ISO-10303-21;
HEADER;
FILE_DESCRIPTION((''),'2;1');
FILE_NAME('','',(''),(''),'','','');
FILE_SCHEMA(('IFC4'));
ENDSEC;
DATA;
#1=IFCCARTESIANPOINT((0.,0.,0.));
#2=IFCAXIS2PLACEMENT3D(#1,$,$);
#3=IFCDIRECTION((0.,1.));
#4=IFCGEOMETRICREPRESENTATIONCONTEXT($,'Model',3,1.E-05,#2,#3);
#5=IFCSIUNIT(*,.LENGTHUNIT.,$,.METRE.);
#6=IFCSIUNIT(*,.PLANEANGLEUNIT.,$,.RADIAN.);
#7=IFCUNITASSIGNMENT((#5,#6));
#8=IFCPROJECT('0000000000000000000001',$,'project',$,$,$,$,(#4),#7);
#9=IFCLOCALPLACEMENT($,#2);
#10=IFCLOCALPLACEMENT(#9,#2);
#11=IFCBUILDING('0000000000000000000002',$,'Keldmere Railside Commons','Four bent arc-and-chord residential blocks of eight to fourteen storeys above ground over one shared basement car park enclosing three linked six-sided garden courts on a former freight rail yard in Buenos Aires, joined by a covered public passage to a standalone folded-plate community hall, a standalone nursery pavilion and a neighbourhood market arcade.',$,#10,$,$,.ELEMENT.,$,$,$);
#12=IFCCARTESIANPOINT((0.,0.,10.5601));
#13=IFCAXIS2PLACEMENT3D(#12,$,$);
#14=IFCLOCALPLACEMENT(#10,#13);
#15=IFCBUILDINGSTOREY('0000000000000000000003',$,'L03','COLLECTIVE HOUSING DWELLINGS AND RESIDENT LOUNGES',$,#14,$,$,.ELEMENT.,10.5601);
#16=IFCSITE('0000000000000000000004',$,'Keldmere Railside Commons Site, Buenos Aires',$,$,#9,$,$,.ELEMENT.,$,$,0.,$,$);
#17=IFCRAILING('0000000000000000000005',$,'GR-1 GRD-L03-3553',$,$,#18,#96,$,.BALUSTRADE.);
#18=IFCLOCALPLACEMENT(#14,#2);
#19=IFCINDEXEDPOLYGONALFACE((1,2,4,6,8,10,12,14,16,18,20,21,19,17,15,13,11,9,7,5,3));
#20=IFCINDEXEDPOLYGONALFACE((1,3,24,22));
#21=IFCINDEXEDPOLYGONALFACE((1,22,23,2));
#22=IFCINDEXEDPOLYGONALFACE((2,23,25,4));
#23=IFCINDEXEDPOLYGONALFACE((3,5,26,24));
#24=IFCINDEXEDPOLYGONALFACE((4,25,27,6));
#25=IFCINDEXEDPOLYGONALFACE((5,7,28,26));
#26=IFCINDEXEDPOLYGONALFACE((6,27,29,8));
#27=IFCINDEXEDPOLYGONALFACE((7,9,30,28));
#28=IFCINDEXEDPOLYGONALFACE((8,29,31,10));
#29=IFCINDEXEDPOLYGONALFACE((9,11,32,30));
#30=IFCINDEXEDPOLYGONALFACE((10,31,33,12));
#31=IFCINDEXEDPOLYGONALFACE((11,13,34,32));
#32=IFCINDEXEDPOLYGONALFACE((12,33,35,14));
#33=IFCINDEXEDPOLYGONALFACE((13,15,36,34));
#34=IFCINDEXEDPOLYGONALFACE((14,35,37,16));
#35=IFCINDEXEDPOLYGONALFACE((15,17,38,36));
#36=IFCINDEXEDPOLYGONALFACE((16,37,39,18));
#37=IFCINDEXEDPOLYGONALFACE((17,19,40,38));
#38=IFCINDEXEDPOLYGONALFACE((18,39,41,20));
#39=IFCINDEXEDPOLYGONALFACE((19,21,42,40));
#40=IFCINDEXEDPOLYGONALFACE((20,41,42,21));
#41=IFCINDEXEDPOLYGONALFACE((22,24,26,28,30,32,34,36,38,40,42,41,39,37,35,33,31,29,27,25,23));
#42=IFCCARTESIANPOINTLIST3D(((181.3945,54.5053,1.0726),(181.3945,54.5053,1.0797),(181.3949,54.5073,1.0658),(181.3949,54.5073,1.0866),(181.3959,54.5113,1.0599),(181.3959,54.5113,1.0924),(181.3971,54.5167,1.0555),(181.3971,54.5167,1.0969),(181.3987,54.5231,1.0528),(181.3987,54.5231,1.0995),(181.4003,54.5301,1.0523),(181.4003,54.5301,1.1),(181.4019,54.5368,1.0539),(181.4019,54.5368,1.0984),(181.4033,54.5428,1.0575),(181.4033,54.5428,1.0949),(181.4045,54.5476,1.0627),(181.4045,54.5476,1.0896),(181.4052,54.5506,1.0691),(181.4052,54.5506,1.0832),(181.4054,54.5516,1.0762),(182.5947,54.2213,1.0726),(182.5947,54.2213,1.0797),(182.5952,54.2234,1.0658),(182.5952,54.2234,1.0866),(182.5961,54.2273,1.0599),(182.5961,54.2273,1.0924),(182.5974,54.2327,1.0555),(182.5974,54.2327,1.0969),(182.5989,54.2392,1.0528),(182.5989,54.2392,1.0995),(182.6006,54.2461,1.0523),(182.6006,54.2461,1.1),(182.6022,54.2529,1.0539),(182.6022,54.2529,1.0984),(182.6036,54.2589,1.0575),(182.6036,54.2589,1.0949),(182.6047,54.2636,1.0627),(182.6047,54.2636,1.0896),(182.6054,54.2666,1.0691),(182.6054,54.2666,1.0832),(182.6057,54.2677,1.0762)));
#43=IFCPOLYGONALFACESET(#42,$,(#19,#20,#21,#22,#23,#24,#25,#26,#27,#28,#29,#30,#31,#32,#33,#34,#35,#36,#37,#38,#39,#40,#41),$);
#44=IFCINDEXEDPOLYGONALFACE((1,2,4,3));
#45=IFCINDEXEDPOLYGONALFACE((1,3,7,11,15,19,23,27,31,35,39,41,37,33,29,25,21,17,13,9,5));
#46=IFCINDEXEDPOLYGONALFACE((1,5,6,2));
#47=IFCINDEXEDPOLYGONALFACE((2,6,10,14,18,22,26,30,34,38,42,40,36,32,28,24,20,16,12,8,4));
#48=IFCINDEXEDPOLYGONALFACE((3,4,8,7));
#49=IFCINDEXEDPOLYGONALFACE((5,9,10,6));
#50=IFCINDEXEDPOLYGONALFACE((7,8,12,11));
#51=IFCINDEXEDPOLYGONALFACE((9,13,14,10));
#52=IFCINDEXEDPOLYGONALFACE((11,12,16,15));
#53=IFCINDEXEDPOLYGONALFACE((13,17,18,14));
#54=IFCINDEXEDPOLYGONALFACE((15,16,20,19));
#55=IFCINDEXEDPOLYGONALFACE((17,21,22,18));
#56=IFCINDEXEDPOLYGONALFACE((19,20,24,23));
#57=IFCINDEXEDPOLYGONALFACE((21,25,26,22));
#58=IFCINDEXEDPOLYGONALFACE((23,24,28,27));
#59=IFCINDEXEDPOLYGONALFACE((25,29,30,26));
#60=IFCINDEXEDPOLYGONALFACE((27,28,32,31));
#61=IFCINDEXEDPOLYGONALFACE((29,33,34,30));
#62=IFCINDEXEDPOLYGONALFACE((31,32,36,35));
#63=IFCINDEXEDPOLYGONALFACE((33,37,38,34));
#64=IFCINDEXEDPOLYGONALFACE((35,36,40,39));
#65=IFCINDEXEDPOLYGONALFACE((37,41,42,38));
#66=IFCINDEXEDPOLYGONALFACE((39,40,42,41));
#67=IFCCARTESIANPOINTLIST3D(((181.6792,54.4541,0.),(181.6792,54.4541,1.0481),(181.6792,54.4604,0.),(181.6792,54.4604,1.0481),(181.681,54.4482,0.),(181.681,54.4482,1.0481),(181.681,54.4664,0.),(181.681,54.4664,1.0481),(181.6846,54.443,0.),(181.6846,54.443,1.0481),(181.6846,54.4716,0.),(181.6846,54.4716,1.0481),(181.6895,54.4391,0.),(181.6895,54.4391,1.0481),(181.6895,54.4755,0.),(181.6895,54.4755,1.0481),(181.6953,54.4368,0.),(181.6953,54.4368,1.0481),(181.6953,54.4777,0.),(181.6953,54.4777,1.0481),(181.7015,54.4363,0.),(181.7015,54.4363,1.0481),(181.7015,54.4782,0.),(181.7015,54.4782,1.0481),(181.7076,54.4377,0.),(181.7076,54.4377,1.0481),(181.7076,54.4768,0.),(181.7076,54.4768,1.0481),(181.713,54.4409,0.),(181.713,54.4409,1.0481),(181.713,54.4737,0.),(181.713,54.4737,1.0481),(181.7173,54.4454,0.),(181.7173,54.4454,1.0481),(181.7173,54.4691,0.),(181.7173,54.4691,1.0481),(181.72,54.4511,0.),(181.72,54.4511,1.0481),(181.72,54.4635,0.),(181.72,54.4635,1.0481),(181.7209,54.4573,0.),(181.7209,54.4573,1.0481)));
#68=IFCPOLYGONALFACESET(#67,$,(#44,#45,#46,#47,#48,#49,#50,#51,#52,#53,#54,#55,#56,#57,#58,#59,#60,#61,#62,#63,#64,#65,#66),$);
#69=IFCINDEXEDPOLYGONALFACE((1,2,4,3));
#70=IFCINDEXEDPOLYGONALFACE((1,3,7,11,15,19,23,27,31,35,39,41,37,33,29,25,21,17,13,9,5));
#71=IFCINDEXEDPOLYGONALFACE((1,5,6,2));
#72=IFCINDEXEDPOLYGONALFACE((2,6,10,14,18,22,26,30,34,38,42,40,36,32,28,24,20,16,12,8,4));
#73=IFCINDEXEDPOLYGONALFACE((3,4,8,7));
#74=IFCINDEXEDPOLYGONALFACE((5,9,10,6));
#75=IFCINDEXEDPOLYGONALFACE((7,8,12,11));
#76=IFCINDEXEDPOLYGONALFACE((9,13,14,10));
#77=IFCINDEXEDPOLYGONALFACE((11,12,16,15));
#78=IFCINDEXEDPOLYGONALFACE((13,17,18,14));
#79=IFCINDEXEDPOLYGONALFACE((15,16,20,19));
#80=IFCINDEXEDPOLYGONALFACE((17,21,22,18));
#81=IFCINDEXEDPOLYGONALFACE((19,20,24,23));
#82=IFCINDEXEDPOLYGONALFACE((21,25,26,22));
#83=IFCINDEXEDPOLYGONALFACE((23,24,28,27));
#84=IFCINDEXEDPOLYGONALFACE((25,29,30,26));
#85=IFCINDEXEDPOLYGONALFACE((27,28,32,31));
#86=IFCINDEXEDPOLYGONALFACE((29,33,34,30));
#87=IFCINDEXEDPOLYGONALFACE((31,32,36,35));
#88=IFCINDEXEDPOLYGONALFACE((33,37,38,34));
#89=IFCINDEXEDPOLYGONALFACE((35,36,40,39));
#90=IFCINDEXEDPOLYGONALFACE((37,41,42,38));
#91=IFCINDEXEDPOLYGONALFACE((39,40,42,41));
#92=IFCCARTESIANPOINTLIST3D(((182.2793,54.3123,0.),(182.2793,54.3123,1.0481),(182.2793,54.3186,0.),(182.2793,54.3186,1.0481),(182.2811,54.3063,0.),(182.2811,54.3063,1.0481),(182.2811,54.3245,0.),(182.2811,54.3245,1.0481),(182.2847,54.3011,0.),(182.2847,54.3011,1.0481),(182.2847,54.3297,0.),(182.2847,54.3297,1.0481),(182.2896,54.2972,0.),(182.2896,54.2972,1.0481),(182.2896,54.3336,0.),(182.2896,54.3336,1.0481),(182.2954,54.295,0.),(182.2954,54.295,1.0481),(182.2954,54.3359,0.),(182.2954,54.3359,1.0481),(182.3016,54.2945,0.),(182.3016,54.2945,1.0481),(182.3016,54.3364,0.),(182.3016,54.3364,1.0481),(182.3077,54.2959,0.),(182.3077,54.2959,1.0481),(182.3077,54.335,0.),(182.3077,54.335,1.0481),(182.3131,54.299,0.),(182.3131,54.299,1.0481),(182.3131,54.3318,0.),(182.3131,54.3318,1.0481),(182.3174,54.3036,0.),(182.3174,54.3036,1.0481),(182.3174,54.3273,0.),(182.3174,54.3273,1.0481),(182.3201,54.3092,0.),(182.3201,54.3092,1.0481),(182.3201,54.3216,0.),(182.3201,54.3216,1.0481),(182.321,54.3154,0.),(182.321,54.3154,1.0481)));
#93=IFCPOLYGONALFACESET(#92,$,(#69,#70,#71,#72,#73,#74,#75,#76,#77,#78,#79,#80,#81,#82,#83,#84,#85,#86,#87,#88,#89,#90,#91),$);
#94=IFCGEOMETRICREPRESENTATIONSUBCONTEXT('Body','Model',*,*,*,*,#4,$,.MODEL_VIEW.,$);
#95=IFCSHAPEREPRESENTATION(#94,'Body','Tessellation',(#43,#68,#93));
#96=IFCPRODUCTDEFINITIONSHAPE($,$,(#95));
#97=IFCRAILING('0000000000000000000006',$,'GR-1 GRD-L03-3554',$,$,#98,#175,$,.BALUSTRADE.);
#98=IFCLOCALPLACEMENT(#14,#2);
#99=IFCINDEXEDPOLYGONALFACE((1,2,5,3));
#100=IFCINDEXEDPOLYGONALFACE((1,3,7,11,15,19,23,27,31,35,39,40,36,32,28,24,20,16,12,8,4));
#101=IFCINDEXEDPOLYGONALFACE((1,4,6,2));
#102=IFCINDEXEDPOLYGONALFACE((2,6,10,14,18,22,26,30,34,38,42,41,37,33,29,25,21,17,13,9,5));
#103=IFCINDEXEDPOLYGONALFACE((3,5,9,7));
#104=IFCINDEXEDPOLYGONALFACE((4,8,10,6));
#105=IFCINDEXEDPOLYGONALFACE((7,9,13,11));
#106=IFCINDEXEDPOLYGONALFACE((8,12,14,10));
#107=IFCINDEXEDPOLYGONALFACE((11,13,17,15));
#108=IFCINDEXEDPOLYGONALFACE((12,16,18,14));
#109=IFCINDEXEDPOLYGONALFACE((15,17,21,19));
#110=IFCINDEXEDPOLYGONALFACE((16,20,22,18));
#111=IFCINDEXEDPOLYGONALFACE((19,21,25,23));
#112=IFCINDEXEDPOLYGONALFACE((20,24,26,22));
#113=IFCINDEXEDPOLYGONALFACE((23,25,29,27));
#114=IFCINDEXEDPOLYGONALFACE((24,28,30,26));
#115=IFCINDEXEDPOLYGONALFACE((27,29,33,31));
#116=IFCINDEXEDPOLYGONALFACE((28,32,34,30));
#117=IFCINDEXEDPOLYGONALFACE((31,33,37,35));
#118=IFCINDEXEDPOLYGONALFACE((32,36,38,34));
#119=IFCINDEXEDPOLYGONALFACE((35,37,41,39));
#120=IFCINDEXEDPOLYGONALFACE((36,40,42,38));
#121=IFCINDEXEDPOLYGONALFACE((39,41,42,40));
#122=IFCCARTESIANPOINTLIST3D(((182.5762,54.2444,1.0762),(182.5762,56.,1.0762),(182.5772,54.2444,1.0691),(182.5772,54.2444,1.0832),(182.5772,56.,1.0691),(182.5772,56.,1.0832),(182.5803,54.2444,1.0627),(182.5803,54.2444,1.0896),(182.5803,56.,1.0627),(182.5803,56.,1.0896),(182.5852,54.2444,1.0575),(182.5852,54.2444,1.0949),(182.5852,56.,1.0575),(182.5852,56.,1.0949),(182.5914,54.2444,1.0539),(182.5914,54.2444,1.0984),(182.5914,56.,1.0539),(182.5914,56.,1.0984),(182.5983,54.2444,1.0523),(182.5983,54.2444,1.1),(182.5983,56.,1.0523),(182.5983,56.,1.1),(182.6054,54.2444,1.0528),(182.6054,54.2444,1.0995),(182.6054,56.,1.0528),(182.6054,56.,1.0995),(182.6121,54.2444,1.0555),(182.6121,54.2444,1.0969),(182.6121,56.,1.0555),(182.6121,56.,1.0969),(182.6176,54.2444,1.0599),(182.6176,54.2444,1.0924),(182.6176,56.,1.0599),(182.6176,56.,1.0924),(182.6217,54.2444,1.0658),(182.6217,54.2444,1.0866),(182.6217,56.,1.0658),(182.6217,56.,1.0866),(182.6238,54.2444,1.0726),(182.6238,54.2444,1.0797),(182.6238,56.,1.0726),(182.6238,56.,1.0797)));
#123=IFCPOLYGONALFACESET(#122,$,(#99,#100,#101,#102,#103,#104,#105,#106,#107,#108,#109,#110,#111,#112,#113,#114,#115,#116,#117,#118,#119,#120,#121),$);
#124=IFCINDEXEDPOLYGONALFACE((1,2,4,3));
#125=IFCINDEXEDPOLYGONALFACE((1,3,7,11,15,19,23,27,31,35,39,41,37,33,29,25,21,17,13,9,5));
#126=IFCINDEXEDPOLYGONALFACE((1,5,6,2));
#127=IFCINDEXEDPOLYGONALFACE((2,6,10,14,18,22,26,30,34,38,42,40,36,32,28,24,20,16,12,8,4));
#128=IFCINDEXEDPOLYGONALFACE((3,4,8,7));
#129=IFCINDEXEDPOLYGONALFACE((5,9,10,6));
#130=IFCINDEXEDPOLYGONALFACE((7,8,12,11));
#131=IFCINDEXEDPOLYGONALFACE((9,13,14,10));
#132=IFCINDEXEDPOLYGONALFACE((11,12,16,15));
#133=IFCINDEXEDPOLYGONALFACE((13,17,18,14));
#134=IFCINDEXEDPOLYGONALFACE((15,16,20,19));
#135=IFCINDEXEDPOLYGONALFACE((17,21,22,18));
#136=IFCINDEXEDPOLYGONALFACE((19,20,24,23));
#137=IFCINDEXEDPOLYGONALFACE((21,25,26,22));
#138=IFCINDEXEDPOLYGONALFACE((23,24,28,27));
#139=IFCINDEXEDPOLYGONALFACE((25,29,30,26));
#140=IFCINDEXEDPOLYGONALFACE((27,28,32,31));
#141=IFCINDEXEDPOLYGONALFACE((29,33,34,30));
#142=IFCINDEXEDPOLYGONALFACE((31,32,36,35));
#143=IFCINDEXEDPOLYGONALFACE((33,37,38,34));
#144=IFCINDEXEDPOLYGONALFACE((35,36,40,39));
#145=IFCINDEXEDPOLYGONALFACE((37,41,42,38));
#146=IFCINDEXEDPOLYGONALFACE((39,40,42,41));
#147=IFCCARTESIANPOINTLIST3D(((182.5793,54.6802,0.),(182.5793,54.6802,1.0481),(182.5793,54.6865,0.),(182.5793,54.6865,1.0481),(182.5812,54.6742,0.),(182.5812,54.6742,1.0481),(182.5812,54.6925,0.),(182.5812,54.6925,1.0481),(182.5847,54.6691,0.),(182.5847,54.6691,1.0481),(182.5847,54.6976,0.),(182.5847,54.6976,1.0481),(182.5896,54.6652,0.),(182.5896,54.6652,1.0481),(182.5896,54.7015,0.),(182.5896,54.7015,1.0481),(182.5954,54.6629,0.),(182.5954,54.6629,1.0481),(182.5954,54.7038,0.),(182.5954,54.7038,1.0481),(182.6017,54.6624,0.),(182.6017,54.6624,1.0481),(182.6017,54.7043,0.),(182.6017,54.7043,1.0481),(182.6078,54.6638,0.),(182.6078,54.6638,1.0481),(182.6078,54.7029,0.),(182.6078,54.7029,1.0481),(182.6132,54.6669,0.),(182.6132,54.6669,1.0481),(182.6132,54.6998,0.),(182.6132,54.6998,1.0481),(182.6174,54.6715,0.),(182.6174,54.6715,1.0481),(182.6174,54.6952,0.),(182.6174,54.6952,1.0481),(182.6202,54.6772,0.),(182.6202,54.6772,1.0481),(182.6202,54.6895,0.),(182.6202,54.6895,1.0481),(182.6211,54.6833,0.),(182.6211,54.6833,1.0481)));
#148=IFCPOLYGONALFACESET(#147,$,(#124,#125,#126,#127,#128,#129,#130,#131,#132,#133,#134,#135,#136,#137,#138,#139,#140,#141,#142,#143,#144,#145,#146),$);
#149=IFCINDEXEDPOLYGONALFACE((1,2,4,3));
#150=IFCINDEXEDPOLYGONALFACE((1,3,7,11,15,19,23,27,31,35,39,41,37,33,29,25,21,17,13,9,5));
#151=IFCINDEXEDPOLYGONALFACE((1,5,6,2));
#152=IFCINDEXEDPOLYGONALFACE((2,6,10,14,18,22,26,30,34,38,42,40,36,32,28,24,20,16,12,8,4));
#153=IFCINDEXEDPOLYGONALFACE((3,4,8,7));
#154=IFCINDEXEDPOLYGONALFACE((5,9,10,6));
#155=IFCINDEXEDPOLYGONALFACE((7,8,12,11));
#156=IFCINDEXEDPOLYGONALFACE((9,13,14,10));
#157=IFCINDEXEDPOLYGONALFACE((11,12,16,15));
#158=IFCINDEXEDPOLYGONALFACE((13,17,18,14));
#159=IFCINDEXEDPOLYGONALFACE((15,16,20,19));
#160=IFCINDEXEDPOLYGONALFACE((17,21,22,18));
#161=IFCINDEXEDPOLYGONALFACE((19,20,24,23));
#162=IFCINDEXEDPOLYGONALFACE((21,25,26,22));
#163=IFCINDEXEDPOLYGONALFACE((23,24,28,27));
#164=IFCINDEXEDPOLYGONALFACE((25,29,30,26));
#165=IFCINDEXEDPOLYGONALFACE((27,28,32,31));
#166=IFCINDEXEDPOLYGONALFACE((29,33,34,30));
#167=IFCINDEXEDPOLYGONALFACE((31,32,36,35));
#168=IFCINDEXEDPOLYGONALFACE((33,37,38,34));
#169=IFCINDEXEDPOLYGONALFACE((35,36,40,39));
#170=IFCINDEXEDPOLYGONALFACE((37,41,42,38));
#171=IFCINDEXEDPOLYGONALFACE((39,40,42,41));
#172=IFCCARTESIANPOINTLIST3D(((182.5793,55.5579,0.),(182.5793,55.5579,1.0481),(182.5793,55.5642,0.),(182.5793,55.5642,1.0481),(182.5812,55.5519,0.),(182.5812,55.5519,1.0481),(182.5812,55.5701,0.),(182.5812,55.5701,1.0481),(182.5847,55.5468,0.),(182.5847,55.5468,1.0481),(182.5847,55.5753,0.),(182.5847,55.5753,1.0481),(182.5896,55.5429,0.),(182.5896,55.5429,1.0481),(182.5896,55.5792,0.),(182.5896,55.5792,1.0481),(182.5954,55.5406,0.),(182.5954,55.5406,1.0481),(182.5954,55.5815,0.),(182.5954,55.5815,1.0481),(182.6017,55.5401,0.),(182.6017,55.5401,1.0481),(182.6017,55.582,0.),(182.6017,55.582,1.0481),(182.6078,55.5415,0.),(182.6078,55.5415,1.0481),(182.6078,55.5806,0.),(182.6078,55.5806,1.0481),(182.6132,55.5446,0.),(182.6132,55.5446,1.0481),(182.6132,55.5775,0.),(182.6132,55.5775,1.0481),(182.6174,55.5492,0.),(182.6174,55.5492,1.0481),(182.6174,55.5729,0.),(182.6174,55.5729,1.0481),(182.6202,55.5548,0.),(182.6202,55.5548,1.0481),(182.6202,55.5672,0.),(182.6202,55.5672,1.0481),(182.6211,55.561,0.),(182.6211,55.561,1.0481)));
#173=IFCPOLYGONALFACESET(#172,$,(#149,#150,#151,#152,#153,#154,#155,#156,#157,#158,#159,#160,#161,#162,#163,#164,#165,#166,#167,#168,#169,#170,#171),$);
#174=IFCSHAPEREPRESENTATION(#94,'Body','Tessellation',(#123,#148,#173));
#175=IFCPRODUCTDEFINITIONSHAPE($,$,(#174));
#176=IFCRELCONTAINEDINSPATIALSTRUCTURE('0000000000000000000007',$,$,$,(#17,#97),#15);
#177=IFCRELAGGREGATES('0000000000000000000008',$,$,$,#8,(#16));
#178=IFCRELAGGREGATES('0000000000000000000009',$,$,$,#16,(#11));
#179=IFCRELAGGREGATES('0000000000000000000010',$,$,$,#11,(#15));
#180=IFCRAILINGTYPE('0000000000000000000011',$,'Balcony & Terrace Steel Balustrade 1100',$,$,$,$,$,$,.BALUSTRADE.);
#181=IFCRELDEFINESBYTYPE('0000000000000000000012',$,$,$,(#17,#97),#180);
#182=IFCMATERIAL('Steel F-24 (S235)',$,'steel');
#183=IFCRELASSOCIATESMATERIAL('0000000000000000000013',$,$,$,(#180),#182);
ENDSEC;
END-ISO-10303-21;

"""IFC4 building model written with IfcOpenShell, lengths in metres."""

from ifc_helpers import new_model, si_unit, direction, frame, origin, origin_2d, place, context, subcontext, project, spatial, circle, extrude, material, type_object, element, save


model = new_model("IFC4")

# Units and contexts
model_context = context("Model", 3, precision=1e-05, world=origin(), true_north=direction((0.0, 1.0)))
body_context = subcontext(model_context, "Body", "Model", "MODEL_VIEW")
ifc_project = project(units=[si_unit("LENGTHUNIT", "METRE"), si_unit("PLANEANGLEUNIT", "RADIAN")], contexts=[model_context])

# Site, building, storey
site_placement = place(None, origin())
site = spatial("IfcSite", under=ifc_project, at=site_placement, Name="Keldmere Railside Commons Site, Buenos Aires", CompositionType="ELEMENT", RefElevation=0.0)
building_placement = place(site_placement, origin())
building = spatial("IfcBuilding", under=site, at=building_placement, Name="Keldmere Railside Commons", Description="Four bent arc-and-chord residential blocks of eight to fourteen storeys above ground over one shared basement car park enclosing three linked six-sided garden courts on a former freight rail yard in Buenos Aires, joined by a covered public passage to a standalone folded-plate community hall, a standalone nursery pavilion and a neighbourhood market arcade.", CompositionType="ELEMENT")
storey_placement = place(building_placement, frame((0.0, 0.0, 10.5601)))
storey = spatial("IfcBuildingStorey", under=building, at=storey_placement, Name="L03", Description="COLLECTIVE HOUSING DWELLINGS AND RESIDENT LOUNGES", CompositionType="ELEMENT", Elevation=10.5601)

# Railings
ifc_material_1 = material(Name="Steel F-24 (S235)", Category="steel")
railing_type_1 = type_object("IfcRailingType", Name="Balcony & Terrace Steel Balustrade 1100", PredefinedType="BALUSTRADE", material=ifc_material_1)
railing_1_placement = place(storey_placement, frame((181.3999, 54.5283, 0.0)))
element("IfcRailing", 1, at=railing_1_placement, inside=storey, type_object=railing_type_1, Name="GR-1 GRD-L03-3553", PredefinedType="BALUSTRADE", context=body_context, shape_type="SweptSolid", body=[
    extrude(circle(Radius=0.0239, at=origin_2d()), frame((0.0, 0.0, 1.0762), z_axis=(0.973139, -0.23022, 0.0), x_axis=(0.23022, 0.973139, 0.0)), (0.0, 0.0, 1.0), 1.2334),
    extrude(circle(Radius=0.021, at=origin_2d()), frame((0.3, -0.071, 0.0)), (0.0, 0.0, 1.0), 1.0481),
    extrude(circle(Radius=0.021, at=origin_2d()), frame((0.9001, -0.2129, 0.0)), (0.0, 0.0, 1.0), 1.0481),
])
railing_2_placement = place(storey_placement, frame((182.6001, 54.2444, 0.0)))
element("IfcRailing", 2, at=railing_2_placement, inside=storey, type_object=railing_type_1, Name="GR-1 GRD-L03-3554", PredefinedType="BALUSTRADE", context=body_context, shape_type="SweptSolid", body=[
    extrude(circle(Radius=0.0239, at=origin_2d()), frame((0.0, 0.0, 1.0762), z_axis=(0.0, 1.0, 0.0), x_axis=(-1.0, 0.0, 0.0)), (0.0, 0.0, 1.0), 1.7556),
    extrude(circle(Radius=0.021, at=origin_2d()), frame((0.0, 0.439, 0.0)), (0.0, 0.0, 1.0), 1.0481),
    extrude(circle(Radius=0.021, at=origin_2d()), frame((0.0, 1.3167, 0.0)), (0.0, 0.0, 1.0), 1.0481),
])

save(model, "model.ifc")
